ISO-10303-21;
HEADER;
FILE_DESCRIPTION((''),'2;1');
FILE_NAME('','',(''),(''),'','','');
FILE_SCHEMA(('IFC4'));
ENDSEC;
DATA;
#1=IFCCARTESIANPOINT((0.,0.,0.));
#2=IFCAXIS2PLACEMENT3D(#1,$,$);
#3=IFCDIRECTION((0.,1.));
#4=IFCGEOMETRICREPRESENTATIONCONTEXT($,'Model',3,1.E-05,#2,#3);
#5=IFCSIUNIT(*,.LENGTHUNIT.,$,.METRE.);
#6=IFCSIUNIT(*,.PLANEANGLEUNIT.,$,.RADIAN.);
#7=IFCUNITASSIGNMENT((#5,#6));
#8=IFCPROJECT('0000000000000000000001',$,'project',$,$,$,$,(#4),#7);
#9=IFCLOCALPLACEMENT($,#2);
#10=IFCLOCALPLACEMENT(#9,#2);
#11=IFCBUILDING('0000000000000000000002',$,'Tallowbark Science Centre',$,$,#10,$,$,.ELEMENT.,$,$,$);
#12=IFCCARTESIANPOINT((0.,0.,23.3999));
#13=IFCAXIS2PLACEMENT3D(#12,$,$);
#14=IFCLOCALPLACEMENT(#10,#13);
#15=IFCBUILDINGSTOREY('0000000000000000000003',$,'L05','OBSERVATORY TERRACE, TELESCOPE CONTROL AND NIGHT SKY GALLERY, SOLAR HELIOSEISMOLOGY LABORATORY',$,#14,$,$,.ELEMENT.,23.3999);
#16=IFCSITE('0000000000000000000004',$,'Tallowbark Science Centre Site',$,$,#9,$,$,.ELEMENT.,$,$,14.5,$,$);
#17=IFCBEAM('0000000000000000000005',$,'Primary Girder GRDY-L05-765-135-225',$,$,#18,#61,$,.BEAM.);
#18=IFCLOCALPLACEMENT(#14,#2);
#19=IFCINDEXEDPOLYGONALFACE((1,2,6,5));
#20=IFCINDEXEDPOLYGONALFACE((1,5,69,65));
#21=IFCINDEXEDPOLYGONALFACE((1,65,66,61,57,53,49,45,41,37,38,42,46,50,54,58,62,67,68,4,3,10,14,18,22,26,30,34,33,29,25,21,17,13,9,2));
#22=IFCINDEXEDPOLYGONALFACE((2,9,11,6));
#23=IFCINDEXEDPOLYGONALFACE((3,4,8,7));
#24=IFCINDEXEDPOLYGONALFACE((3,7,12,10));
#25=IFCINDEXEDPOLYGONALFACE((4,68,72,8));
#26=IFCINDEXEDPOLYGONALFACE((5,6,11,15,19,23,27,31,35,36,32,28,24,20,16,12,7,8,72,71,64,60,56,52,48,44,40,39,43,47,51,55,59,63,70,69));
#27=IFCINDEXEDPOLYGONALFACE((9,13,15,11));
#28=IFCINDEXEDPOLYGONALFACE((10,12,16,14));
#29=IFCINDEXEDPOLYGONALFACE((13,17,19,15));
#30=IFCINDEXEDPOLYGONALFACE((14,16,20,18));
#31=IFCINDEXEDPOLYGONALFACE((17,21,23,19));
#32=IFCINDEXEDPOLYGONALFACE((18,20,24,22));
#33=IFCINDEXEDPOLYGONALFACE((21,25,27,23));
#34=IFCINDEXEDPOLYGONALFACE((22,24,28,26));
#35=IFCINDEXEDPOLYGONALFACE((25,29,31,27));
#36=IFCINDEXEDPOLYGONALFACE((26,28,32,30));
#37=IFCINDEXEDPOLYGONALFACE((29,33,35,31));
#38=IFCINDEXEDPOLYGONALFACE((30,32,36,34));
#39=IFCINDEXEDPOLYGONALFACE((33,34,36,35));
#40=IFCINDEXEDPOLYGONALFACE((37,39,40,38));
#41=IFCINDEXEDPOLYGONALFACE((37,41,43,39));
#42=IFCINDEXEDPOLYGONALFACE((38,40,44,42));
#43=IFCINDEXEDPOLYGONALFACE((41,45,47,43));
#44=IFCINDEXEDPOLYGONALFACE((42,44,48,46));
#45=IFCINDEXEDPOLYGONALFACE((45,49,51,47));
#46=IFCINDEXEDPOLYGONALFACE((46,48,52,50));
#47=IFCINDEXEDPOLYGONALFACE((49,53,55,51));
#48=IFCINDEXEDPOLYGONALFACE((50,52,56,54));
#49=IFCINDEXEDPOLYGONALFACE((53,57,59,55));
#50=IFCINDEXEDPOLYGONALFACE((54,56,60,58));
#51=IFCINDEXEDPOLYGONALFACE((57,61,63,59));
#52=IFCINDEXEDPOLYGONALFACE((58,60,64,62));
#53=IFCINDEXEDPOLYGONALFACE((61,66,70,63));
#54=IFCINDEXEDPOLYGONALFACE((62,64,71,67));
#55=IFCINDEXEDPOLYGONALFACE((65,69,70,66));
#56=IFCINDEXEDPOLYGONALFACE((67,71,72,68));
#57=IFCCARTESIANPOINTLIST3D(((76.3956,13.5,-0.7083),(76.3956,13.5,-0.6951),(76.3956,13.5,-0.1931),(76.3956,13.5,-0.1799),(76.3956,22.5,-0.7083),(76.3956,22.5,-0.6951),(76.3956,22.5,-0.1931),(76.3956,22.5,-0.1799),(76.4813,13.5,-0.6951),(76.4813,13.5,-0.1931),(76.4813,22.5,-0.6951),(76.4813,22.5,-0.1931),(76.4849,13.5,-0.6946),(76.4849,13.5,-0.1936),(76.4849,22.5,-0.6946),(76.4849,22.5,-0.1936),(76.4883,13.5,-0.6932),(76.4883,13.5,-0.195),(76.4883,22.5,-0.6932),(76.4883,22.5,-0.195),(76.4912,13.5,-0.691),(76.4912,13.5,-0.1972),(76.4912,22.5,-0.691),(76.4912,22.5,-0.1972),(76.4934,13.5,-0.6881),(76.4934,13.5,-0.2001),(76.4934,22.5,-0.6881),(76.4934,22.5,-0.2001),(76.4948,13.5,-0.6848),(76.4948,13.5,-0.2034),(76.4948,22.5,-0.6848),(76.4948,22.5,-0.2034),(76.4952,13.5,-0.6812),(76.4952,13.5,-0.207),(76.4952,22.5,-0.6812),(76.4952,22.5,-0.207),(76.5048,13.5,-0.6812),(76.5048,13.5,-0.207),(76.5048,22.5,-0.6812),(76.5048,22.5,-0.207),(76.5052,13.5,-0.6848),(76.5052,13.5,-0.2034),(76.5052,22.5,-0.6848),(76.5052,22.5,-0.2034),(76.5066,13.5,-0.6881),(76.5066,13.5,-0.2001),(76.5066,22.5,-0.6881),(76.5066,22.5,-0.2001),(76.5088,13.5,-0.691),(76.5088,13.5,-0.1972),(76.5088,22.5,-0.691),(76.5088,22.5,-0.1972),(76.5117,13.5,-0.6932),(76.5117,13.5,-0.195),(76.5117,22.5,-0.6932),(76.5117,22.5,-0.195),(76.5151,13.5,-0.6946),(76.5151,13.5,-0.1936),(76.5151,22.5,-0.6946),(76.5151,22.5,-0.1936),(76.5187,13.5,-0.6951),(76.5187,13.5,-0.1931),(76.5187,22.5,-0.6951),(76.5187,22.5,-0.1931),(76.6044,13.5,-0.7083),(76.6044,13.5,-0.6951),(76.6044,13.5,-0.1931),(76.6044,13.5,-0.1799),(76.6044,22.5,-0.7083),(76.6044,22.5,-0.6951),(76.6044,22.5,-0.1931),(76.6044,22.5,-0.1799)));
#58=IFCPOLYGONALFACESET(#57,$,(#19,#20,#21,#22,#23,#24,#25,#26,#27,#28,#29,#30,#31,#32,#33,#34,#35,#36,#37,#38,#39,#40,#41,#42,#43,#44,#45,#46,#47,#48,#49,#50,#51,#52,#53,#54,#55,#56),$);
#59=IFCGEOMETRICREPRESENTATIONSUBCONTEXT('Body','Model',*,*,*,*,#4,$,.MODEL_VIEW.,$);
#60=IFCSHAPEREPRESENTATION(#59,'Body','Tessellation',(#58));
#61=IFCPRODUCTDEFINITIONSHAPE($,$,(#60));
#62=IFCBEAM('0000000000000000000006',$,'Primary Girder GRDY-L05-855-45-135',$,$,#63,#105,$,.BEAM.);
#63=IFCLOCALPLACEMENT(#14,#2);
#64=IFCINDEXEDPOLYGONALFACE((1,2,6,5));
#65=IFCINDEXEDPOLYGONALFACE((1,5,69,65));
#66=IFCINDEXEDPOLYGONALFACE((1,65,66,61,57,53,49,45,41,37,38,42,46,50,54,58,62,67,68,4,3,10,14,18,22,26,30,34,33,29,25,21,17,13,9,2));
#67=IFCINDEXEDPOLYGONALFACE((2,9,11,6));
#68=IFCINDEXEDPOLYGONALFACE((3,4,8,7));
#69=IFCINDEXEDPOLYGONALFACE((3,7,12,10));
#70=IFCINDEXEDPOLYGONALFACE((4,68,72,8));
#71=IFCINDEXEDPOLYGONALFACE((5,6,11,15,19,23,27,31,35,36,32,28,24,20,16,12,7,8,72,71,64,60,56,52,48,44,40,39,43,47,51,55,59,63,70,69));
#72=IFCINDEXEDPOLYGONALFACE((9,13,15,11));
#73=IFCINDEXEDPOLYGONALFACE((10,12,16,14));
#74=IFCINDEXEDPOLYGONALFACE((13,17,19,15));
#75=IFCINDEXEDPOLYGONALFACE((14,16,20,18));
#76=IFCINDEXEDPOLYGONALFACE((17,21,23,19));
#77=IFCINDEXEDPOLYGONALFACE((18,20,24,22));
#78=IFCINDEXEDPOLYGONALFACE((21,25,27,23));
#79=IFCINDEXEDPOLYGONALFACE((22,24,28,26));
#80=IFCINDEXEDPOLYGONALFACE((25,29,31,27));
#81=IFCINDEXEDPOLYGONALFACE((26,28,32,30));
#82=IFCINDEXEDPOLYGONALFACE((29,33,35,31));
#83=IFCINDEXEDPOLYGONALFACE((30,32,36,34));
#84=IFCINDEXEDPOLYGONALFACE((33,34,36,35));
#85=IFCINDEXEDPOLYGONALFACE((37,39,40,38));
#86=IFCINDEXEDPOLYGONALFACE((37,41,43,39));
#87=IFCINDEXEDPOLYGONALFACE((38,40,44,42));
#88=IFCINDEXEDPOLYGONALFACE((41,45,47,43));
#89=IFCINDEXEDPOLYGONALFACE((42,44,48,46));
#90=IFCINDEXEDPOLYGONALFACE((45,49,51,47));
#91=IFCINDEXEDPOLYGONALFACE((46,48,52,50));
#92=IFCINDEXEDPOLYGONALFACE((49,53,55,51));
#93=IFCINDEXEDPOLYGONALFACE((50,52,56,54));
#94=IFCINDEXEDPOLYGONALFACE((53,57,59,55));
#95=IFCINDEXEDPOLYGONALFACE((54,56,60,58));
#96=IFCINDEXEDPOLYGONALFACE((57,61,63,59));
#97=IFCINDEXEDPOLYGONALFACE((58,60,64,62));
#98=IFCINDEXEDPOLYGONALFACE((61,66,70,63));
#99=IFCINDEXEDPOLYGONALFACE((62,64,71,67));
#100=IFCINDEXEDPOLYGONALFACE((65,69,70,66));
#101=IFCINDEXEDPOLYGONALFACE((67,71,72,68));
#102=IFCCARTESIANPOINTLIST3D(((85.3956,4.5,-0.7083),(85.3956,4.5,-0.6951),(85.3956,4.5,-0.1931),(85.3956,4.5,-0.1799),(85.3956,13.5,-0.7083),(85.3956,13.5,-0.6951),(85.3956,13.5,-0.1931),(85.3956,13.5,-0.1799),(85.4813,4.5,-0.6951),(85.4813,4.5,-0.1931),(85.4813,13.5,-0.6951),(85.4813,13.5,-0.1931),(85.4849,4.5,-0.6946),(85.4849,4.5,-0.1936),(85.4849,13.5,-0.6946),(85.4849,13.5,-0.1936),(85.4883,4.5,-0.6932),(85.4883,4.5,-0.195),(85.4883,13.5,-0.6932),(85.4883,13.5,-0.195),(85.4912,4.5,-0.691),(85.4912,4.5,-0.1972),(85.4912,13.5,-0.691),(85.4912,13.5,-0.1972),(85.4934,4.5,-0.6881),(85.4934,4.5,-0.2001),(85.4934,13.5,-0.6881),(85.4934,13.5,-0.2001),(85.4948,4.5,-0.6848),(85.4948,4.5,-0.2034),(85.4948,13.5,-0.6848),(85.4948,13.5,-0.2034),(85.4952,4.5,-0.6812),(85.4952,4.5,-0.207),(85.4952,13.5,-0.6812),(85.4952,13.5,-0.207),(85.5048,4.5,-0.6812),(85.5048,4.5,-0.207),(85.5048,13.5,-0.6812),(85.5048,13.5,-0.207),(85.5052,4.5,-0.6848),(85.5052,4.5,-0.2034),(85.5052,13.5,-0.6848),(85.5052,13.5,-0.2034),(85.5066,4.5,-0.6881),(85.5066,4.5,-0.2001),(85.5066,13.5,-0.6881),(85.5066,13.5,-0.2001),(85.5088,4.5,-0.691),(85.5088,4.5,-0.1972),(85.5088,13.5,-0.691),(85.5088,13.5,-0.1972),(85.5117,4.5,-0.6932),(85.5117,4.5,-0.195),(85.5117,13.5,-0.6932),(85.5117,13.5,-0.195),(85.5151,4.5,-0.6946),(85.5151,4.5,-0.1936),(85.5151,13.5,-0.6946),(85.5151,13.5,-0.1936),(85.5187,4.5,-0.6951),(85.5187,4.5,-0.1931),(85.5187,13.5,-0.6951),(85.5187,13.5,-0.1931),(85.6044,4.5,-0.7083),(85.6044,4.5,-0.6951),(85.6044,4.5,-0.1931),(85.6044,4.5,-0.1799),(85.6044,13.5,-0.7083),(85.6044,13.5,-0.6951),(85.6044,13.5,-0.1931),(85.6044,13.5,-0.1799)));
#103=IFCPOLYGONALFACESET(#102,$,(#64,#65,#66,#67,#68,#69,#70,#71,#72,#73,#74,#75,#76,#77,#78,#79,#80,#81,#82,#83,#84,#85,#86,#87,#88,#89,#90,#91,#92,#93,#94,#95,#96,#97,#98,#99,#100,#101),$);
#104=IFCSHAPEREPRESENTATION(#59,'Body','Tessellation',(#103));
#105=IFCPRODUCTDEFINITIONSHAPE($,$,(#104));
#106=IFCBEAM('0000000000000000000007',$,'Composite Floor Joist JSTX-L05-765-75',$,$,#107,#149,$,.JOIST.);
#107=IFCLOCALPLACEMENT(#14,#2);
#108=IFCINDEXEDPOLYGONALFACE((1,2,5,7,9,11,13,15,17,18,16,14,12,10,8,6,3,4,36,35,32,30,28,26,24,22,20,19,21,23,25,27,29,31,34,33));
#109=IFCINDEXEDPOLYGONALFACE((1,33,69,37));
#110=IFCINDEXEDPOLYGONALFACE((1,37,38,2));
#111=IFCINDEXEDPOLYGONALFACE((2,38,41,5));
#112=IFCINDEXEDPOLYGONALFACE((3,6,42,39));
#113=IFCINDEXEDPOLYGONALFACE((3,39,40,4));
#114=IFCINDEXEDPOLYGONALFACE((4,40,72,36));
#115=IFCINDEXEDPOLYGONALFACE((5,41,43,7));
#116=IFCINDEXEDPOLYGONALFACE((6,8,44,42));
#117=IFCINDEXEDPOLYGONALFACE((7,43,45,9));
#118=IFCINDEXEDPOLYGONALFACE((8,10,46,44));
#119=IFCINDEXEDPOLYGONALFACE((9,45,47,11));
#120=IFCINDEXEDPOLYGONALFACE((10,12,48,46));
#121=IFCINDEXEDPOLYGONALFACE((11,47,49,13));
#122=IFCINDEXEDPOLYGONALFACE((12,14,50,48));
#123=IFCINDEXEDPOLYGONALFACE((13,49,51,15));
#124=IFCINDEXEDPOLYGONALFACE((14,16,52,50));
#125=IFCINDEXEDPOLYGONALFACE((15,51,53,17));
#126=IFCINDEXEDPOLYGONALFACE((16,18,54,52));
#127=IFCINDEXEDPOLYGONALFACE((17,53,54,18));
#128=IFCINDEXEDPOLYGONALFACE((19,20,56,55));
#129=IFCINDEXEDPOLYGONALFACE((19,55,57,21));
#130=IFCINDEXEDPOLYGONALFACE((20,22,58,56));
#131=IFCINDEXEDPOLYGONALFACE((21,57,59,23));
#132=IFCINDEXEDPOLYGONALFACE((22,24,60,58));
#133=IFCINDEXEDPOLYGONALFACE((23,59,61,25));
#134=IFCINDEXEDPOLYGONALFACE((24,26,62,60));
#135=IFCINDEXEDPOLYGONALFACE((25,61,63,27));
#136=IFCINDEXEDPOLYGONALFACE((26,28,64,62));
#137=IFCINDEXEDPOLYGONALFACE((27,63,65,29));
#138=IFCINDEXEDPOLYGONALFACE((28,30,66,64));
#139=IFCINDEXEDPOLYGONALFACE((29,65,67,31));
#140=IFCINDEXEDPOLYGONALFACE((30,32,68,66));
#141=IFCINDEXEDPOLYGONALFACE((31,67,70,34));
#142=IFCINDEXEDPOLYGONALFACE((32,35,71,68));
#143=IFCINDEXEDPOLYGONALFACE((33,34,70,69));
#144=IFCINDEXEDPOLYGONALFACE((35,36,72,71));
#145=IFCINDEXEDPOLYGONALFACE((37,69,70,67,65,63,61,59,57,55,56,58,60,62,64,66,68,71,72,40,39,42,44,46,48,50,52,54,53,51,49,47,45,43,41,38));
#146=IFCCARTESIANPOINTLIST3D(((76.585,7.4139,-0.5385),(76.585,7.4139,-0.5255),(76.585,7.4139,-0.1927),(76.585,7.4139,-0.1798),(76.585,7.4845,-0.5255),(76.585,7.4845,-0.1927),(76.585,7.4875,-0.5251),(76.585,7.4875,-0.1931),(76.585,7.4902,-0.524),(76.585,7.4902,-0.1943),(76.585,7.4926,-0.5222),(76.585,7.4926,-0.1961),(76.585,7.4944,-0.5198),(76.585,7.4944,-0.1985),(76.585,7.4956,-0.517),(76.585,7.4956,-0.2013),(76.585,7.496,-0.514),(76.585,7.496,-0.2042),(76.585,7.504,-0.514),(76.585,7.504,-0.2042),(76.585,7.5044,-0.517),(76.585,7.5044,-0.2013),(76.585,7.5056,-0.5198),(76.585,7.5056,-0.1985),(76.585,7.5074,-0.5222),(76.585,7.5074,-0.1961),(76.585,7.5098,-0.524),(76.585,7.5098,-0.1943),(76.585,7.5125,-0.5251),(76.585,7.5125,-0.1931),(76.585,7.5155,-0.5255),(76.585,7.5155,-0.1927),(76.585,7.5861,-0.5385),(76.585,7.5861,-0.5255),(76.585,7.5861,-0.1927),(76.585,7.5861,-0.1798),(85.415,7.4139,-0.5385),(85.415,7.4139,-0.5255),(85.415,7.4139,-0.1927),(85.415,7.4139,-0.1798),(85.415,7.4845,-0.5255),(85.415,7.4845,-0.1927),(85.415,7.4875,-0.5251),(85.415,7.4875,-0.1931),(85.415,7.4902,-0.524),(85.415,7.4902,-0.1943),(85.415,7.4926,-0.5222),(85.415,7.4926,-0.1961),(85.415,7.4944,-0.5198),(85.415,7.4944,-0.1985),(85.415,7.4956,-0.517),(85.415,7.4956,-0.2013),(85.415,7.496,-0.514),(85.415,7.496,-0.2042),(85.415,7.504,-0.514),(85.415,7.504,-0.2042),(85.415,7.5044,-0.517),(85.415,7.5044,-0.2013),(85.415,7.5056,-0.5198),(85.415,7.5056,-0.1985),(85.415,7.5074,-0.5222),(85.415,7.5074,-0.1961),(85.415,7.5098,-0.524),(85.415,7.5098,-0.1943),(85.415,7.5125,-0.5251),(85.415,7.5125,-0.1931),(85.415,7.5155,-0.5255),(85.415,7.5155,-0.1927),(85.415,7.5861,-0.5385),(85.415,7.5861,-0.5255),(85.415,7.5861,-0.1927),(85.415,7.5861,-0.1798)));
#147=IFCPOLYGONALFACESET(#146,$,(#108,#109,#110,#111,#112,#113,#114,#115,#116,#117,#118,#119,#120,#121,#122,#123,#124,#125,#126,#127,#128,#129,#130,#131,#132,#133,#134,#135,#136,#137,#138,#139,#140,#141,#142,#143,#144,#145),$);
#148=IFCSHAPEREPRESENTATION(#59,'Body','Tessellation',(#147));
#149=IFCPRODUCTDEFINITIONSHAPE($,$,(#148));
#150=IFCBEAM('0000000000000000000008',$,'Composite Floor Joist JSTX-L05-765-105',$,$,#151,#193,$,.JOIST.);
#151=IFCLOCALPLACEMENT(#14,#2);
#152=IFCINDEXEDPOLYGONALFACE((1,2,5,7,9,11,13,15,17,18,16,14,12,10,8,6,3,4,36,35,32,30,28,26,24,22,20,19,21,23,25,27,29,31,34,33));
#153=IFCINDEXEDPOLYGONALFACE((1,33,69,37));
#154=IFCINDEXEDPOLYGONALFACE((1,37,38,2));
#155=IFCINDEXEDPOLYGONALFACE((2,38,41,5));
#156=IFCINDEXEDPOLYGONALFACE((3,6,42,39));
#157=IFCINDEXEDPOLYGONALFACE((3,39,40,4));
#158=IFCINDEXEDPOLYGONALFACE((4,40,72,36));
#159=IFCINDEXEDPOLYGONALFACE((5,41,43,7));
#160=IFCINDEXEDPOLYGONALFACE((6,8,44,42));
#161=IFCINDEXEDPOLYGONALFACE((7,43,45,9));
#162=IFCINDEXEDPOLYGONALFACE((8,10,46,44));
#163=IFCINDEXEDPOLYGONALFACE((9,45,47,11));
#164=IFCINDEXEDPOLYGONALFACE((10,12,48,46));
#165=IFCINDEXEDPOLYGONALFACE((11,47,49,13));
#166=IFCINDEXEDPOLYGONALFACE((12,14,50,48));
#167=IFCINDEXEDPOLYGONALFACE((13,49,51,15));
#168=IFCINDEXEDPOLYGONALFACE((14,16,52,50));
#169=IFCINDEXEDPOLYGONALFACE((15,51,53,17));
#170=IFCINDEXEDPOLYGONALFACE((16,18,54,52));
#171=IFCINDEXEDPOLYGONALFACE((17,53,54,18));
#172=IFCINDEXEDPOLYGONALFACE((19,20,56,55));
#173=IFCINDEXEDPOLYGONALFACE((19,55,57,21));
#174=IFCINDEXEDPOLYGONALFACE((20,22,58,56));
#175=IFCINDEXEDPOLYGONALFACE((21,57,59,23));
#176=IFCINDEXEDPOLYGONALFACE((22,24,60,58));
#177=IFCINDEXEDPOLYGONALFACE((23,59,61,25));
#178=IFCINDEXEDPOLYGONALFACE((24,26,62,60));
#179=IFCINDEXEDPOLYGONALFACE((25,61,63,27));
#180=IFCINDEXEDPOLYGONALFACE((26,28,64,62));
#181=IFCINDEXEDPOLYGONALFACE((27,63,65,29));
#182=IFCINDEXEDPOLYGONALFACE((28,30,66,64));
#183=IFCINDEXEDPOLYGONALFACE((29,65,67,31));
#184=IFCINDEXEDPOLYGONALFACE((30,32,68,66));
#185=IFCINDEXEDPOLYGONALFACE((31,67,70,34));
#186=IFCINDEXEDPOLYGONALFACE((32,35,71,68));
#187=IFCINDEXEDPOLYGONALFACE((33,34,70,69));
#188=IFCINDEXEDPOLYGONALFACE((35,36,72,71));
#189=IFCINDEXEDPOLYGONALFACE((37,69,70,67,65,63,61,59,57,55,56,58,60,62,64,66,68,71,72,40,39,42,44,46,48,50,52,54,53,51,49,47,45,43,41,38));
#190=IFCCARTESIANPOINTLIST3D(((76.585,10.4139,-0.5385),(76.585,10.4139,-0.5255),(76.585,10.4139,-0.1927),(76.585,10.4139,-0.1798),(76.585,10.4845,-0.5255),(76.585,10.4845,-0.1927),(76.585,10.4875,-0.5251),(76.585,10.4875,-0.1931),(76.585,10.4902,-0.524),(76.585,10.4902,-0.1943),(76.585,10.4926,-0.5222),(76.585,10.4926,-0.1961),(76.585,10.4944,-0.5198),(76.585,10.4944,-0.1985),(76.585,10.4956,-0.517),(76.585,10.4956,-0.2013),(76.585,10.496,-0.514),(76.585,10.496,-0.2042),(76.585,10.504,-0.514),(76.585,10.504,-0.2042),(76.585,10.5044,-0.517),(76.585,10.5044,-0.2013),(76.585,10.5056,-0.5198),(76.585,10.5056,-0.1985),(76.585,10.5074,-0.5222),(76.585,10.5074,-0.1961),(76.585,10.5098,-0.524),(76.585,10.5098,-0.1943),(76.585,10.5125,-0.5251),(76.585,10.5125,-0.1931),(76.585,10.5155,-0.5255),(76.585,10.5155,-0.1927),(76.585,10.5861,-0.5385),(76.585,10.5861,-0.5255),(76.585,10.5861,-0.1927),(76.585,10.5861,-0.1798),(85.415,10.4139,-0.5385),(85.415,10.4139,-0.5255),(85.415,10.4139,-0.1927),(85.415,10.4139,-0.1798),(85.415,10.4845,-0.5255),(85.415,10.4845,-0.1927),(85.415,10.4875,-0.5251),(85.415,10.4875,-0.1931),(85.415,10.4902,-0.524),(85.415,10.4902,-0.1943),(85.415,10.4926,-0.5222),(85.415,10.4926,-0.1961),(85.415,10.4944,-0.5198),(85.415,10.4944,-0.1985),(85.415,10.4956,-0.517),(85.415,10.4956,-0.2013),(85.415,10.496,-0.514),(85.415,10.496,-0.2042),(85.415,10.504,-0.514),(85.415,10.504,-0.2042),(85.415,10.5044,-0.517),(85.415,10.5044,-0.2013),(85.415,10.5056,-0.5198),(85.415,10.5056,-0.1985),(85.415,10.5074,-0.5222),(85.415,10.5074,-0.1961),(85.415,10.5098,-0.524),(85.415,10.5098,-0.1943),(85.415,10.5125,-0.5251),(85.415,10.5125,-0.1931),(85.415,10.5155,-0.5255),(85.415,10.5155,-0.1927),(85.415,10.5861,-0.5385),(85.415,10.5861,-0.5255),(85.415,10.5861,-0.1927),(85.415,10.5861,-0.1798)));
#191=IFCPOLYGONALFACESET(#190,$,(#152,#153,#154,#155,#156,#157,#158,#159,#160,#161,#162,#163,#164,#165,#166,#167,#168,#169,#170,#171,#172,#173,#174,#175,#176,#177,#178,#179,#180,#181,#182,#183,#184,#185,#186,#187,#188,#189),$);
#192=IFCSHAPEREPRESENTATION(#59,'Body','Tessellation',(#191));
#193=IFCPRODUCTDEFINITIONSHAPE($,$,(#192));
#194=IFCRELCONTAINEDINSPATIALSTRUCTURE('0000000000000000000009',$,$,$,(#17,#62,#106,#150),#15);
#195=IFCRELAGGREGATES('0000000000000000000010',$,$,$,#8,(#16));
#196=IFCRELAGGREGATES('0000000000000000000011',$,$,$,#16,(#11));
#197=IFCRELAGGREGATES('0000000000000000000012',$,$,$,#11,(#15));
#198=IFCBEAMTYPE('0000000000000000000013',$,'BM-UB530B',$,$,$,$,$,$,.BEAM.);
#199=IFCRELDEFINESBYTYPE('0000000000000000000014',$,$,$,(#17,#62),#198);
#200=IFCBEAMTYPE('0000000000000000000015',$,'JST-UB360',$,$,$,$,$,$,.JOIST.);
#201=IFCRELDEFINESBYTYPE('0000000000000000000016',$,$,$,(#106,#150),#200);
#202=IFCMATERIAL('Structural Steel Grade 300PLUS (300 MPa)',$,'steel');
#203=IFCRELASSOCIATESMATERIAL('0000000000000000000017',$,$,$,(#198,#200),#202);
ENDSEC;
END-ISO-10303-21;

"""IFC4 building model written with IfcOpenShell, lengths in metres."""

from ifc_helpers import new_model, si_unit, direction, frame, origin, origin_2d, place, context, subcontext, project, spatial, i_section, extrude, material, material_profile, profile_set, type_object, element, save


model = new_model("IFC4")

# Units and contexts
model_context = context("Model", 3, precision=1e-05, world=origin(), true_north=direction((0.0, 1.0)))
body_context = subcontext(model_context, "Body", "Model", "MODEL_VIEW")
ifc_project = project(units=[si_unit("LENGTHUNIT", "METRE"), si_unit("PLANEANGLEUNIT", "RADIAN")], contexts=[model_context])

# Site, building, storey
site_placement = place(None, origin())
site = spatial("IfcSite", under=ifc_project, at=site_placement, Name="Tallowbark Science Centre Site", CompositionType="ELEMENT", RefElevation=14.5)
building_placement = place(site_placement, origin())
building = spatial("IfcBuilding", under=site, at=building_placement, Name="Tallowbark Science Centre", CompositionType="ELEMENT")
storey_placement = place(building_placement, frame((0.0, 0.0, 23.3999)))
storey = spatial("IfcBuildingStorey", under=building, at=storey_placement, Name="L05", Description="OBSERVATORY TERRACE, TELESCOPE CONTROL AND NIGHT SKY GALLERY, SOLAR HELIOSEISMOLOGY LABORATORY", CompositionType="ELEMENT", Elevation=23.3999)

# Shared definitions
ifc_material_1 = material(Name="Structural Steel Grade 300PLUS (300 MPa)", Category="steel")

# Beams
ifc_material_profile_1 = material_profile(ifc_material_1, i_section(OverallWidth=0.2087, OverallDepth=0.5283, WebThickness=0.0095, FlangeThickness=0.0132, FilletRadius=0.0139, at=origin_2d()), Name="530UB82.0")
ifc_profile_set_1 = profile_set([ifc_material_profile_1], Name="Structural Steel Grade 300PLUS (300 MPa)")
beam_type_1 = type_object("IfcBeamType", Name="BM-UB530B", PredefinedType="BEAM", material=ifc_profile_set_1)
for number, where, z_axis, x_axis, name in (
    (1, (76.5, 13.5, -0.4441), (0.0, 1.0, 0.0), (-1.0, 0.0, 0.0), "Primary Girder GRDY-L05-765-135-225"),
    (2, (85.5, 4.5, -0.4441), (0.0, 1.0, 0.0), (-1.0, 0.0, 0.0), "Primary Girder GRDY-L05-855-45-135"),
):
    element("IfcBeam", number, at=place(storey_placement, frame(where, z_axis=z_axis, x_axis=x_axis)), inside=storey, type_object=beam_type_1, Name=name, PredefinedType="BEAM", context=body_context, shape_type="SweptSolid", body=[
        extrude(i_section(OverallWidth=0.2087, OverallDepth=0.5283, WebThickness=0.0095, FlangeThickness=0.0132, FilletRadius=0.0139, at=origin_2d()), origin(), (0.0, 0.0, 1.0), 9.0),
    ])
ifc_material_profile_2 = material_profile(ifc_material_1, i_section(OverallWidth=0.1721, OverallDepth=0.3586, WebThickness=0.0081, FlangeThickness=0.0129, FilletRadius=0.0115, at=origin_2d()), Name="360UB56.7")
ifc_profile_set_2 = profile_set([ifc_material_profile_2], Name="Structural Steel Grade 300PLUS (300 MPa)")
beam_type_2 = type_object("IfcBeamType", Name="JST-UB360", PredefinedType="JOIST", material=ifc_profile_set_2)
for number, where, z_axis, x_axis, name in (
    (3, (76.585, 7.5, -0.3591), (1.0, 0.0, 0.0), (0.0, 1.0, 0.0), "Composite Floor Joist JSTX-L05-765-75"),
    (4, (76.585, 10.5, -0.3591), (1.0, 0.0, 0.0), (0.0, 1.0, 0.0), "Composite Floor Joist JSTX-L05-765-105"),
):
    element("IfcBeam", number, at=place(storey_placement, frame(where, z_axis=z_axis, x_axis=x_axis)), inside=storey, type_object=beam_type_2, Name=name, PredefinedType="JOIST", context=body_context, shape_type="SweptSolid", body=[
        extrude(i_section(OverallWidth=0.1721, OverallDepth=0.3586, WebThickness=0.0081, FlangeThickness=0.0129, FilletRadius=0.0115, at=origin_2d()), origin(), (0.0, 0.0, 1.0), 8.8301),
    ])

save(model, "model.ifc")
